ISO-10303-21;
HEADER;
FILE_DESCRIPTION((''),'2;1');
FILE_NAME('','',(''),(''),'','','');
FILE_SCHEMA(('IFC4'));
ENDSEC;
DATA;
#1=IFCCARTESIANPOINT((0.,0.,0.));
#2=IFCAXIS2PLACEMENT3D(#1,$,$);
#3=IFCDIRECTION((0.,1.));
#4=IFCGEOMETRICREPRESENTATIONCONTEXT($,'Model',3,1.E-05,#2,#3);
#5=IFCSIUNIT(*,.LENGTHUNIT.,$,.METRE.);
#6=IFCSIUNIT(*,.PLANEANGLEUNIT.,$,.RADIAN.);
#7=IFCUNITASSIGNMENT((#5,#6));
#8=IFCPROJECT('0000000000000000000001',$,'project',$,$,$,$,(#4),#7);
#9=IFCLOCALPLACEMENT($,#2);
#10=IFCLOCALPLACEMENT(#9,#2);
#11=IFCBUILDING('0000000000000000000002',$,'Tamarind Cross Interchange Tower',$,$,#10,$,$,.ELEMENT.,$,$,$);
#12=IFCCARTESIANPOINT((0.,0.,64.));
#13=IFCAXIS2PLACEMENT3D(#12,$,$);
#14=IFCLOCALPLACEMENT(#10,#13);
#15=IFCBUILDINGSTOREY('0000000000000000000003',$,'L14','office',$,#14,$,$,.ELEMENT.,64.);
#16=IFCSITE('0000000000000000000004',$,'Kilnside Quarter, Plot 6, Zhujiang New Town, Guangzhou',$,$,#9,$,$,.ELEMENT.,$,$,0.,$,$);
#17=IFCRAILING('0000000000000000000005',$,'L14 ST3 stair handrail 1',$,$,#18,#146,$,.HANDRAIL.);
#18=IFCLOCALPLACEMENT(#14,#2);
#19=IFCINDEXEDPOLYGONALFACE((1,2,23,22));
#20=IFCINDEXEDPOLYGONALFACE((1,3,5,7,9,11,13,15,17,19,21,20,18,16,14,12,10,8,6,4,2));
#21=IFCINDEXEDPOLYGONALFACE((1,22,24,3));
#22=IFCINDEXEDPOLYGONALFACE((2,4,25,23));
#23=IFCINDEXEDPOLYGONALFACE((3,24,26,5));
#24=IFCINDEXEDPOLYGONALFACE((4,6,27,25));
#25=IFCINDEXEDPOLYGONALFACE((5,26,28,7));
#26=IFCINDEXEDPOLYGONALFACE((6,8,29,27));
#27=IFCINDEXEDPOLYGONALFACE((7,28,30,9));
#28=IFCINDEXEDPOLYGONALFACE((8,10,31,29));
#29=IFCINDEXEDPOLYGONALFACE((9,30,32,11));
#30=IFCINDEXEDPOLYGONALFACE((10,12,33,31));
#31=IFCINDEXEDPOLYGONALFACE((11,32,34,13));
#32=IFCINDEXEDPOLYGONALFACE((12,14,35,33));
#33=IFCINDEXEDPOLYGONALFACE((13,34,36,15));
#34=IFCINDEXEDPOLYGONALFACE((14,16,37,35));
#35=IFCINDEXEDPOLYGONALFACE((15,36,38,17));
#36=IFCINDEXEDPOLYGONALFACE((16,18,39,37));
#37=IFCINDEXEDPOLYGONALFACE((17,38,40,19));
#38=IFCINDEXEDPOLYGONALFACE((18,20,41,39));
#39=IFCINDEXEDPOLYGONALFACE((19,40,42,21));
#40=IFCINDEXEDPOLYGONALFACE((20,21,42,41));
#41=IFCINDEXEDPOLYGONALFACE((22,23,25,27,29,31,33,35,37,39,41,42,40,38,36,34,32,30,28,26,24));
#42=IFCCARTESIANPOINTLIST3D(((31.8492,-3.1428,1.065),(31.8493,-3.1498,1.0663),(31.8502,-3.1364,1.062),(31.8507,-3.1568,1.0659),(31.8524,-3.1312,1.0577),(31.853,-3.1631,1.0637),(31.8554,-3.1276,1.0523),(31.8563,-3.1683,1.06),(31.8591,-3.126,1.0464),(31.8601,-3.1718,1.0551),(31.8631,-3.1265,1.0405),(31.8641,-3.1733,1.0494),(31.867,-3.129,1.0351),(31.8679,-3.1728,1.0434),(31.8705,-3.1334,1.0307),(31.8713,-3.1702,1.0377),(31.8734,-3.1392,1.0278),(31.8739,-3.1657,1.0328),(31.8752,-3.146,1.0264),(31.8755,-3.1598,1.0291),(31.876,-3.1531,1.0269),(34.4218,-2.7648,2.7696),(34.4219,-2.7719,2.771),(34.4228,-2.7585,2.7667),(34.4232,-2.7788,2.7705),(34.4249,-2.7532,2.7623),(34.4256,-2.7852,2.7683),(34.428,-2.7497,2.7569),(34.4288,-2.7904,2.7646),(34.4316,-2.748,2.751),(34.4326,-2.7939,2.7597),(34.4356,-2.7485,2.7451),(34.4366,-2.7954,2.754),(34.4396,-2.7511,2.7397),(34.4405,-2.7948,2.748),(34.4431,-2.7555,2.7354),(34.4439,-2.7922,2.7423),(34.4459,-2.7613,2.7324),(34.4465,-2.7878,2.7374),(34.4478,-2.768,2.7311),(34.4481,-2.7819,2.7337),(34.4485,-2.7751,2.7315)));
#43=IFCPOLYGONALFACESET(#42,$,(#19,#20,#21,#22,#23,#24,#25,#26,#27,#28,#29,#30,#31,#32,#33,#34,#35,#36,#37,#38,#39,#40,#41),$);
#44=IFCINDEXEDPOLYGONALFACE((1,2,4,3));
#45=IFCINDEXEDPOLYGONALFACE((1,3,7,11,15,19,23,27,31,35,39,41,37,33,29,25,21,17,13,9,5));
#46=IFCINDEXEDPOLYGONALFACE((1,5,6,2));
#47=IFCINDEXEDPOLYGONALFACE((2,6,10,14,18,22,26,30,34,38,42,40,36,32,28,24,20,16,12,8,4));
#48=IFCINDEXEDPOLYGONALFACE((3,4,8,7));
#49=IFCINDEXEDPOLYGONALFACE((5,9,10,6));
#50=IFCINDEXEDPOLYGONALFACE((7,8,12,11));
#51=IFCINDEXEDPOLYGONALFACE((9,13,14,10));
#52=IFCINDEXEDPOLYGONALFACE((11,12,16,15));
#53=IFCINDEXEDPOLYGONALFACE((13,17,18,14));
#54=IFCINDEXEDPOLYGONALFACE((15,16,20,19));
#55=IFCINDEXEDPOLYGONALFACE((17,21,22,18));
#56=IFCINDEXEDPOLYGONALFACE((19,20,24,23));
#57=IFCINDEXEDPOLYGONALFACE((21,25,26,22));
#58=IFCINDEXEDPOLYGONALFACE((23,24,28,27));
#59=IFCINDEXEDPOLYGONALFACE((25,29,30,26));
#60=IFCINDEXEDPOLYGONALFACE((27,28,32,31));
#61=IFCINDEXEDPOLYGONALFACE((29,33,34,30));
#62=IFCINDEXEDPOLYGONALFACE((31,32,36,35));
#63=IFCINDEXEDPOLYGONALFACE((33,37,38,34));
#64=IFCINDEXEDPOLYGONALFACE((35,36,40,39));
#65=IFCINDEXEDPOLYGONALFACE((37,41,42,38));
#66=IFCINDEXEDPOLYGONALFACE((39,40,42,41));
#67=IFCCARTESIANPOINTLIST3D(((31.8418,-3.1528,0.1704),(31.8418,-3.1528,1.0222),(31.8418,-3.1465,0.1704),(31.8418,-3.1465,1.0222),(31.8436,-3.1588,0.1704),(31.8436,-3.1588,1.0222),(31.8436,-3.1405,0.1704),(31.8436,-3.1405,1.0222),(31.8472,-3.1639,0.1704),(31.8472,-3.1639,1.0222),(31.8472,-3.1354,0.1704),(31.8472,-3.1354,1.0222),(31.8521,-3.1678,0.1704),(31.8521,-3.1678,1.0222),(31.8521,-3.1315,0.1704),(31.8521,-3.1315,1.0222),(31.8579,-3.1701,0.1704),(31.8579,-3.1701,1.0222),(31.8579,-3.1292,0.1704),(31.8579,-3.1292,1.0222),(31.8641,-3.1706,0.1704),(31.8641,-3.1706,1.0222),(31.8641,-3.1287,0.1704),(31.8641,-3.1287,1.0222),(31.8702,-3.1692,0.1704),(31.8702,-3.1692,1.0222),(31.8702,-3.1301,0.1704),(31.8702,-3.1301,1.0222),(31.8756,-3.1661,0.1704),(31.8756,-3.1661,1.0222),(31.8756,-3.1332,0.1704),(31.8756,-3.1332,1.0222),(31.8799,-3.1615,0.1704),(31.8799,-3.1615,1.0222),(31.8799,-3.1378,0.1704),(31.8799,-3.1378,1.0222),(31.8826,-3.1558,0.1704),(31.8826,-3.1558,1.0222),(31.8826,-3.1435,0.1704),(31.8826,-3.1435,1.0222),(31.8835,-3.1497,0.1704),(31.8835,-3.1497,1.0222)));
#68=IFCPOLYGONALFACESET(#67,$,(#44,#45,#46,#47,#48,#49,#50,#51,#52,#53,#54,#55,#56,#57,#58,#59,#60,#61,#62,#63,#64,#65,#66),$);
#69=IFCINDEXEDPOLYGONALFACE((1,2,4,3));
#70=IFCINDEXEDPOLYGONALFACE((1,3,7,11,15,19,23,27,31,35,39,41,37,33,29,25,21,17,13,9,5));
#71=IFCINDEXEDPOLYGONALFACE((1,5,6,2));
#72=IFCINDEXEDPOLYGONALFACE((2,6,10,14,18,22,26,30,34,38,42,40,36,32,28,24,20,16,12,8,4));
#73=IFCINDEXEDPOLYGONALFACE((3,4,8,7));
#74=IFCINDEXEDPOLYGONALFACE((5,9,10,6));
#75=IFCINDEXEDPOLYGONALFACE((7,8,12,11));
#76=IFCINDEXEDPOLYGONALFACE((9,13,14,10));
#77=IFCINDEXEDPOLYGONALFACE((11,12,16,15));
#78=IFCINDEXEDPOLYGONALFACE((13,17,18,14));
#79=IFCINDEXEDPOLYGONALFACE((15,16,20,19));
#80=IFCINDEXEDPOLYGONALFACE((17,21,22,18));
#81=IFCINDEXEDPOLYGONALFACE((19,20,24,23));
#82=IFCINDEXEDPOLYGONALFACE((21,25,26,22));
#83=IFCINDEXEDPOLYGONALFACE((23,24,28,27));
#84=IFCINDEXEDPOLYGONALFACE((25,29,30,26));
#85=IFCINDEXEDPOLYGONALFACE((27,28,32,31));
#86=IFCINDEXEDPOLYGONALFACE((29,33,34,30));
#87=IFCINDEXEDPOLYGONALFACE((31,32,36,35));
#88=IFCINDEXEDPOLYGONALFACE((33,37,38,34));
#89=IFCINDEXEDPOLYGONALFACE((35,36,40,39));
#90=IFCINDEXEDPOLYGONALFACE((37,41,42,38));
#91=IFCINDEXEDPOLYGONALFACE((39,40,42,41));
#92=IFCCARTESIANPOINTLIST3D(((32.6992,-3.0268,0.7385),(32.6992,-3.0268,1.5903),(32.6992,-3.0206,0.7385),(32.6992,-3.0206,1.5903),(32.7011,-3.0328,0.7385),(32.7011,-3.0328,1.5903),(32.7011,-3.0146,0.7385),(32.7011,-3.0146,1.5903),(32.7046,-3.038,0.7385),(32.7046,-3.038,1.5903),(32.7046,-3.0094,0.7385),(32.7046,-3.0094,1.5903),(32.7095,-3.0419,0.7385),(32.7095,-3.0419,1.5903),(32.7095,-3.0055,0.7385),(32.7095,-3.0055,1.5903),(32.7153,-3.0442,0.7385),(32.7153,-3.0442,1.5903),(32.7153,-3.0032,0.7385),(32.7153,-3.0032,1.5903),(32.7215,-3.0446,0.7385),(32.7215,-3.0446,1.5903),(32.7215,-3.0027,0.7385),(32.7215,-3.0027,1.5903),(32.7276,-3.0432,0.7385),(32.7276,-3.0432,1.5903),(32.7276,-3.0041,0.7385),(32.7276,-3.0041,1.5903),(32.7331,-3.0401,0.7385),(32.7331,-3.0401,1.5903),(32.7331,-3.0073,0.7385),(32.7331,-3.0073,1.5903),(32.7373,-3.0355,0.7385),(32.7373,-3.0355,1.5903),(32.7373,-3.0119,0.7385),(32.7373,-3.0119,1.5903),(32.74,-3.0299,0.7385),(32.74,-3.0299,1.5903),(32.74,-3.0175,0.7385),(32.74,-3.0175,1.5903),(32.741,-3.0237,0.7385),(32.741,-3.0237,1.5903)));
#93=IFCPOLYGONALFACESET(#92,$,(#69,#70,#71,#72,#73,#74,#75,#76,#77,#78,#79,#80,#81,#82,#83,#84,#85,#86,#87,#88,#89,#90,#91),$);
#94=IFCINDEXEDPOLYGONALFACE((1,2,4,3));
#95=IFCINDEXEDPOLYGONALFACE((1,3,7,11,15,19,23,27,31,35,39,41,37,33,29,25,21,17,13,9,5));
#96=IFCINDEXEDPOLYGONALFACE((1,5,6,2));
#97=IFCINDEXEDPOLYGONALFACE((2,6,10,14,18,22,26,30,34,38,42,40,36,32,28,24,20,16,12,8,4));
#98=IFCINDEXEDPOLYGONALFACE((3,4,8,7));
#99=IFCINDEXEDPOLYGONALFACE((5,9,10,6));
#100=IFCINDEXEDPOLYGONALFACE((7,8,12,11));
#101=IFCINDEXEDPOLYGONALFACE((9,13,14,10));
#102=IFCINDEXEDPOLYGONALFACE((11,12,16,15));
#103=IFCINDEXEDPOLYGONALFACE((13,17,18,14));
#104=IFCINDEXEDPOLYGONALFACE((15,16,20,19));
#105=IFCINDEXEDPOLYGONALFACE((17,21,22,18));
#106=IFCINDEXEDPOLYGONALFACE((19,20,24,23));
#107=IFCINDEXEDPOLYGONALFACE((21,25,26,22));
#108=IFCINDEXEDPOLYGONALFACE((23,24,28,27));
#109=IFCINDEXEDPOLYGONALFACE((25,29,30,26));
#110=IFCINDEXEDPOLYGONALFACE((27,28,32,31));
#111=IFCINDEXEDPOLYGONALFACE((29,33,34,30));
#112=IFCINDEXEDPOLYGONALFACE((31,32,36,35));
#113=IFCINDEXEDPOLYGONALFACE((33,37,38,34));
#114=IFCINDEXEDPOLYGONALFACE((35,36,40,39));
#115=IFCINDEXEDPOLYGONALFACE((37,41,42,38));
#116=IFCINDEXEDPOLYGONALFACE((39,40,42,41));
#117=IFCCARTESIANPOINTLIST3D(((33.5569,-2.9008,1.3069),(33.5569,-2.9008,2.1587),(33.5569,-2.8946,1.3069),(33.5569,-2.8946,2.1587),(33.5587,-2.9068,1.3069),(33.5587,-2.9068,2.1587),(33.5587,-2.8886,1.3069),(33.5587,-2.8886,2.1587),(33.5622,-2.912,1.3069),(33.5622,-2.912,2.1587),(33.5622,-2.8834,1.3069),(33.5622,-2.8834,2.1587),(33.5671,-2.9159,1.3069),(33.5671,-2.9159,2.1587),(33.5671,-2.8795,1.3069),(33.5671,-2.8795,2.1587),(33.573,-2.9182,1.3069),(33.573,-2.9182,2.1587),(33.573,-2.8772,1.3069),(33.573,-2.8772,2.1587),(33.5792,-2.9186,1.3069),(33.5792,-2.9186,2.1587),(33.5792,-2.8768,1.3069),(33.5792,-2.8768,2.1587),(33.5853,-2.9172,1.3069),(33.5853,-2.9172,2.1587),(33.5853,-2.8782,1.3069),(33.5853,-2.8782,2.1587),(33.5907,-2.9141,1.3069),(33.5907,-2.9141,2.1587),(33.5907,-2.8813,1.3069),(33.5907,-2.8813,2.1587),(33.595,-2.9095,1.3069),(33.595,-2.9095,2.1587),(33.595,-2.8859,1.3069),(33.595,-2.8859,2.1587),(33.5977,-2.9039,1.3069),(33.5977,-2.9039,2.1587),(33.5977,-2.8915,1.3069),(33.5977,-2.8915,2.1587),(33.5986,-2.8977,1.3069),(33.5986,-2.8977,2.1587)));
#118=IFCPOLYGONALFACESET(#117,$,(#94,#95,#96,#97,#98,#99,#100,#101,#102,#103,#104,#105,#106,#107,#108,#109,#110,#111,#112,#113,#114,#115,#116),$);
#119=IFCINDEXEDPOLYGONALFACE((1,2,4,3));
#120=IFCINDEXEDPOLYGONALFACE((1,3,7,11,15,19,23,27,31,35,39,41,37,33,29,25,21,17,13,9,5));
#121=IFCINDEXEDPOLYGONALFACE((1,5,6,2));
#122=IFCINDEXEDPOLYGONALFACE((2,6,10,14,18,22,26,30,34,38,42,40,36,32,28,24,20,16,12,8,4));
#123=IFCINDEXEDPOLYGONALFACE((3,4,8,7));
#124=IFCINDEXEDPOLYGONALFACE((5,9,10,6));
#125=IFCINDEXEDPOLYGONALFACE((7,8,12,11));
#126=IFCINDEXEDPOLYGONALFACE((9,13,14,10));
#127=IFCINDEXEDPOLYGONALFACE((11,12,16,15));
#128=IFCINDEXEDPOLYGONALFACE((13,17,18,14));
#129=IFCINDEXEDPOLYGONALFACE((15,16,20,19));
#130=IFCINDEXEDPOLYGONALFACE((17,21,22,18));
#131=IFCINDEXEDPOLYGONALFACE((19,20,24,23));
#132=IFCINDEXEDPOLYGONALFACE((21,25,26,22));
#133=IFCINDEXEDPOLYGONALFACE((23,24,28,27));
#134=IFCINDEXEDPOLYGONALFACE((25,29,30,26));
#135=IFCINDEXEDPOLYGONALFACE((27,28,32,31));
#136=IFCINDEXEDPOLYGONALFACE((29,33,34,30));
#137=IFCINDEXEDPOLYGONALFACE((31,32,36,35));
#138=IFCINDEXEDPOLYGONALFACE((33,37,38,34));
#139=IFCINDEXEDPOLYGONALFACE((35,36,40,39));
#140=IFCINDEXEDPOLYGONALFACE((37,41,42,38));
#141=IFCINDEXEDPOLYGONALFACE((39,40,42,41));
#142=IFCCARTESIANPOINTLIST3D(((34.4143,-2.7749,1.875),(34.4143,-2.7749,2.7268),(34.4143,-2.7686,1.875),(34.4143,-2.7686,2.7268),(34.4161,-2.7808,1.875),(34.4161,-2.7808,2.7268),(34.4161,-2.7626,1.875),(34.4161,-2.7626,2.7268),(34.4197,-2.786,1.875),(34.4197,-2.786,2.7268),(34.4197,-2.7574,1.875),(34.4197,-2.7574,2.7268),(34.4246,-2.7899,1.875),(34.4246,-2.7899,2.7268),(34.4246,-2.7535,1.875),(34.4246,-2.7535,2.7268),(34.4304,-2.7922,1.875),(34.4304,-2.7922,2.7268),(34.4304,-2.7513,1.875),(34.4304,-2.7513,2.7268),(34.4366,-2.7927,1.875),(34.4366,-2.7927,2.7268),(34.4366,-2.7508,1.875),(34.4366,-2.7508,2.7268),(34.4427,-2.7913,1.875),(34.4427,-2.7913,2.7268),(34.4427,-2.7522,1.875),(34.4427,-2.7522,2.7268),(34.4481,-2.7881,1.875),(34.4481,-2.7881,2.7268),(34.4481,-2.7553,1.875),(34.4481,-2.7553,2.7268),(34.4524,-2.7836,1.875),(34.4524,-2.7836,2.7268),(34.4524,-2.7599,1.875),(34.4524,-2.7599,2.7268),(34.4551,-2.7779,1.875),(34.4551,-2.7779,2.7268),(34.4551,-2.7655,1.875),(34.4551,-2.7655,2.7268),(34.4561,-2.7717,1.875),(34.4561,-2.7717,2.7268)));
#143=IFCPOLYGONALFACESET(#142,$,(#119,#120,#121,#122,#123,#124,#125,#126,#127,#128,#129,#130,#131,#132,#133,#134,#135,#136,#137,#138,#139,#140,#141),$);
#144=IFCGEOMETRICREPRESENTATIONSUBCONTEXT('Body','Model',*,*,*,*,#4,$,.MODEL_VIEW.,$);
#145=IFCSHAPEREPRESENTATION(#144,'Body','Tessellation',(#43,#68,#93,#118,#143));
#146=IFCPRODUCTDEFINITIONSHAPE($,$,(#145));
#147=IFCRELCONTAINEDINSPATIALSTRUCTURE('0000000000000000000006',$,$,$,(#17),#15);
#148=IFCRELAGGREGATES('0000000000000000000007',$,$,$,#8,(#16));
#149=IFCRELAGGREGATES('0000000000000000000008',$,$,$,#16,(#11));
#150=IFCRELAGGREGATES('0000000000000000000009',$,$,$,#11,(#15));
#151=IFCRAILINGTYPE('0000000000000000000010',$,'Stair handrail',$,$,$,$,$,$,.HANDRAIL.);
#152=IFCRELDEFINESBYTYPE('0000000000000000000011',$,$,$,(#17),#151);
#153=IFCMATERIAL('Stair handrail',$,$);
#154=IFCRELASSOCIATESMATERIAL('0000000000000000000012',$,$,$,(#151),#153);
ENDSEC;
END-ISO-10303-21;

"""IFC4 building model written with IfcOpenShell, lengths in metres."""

from ifc_helpers import new_model, si_unit, direction, frame, origin, origin_2d, place, context, subcontext, project, spatial, circle, extrude, material, type_object, element, save


model = new_model("IFC4")

# Units and contexts
model_context = context("Model", 3, precision=1e-05, world=origin(), true_north=direction((0.0, 1.0)))
body_context = subcontext(model_context, "Body", "Model", "MODEL_VIEW")
ifc_project = project(units=[si_unit("LENGTHUNIT", "METRE"), si_unit("PLANEANGLEUNIT", "RADIAN")], contexts=[model_context])

# Site, building, storey
site_placement = place(None, origin())
site = spatial("IfcSite", under=ifc_project, at=site_placement, Name="Kilnside Quarter, Plot 6, Zhujiang New Town, Guangzhou", CompositionType="ELEMENT", RefElevation=0.0)
building_placement = place(site_placement, origin())
building = spatial("IfcBuilding", under=site, at=building_placement, Name="Tamarind Cross Interchange Tower", CompositionType="ELEMENT")
storey_placement = place(building_placement, frame((0.0, 0.0, 64.0)))
storey = spatial("IfcBuildingStorey", under=building, at=storey_placement, Name="L14", Description="office", CompositionType="ELEMENT", Elevation=64.0)

# Railing
ifc_material_1 = material(Name="Stair handrail")
railing_type_1 = type_object("IfcRailingType", Name="Stair handrail", PredefinedType="HANDRAIL", material=ifc_material_1)
railing_1_placement = place(storey_placement, frame((31.8625, -3.1497, 0.1704)))
element("IfcRailing", 1, at=railing_1_placement, inside=storey, type_object=railing_type_1, Name="L14 ST3 stair handrail 1", PredefinedType="HANDRAIL", context=body_context, shape_type="SweptSolid", body=[
    extrude(circle(Radius=0.0239, at=origin_2d()), frame((0.0, 0.0, 0.876), z_axis=(0.827423, 0.121557, 0.548265), x_axis=(-0.145351, 0.98938, 0.0)), (0.0, 0.0, 1.0), 3.1091),
    extrude(circle(Radius=0.021, at=origin_2d()), origin(), (0.0, 0.0, 1.0), 0.8518),
    extrude(circle(Radius=0.021, at=origin_2d()), frame((0.8574, 0.126, 0.5681)), (0.0, 0.0, 1.0), 0.8518),
    extrude(circle(Radius=0.021, at=origin_2d()), frame((1.7151, 0.252, 1.1365)), (0.0, 0.0, 1.0), 0.8518),
    extrude(circle(Radius=0.021, at=origin_2d()), frame((2.5725, 0.3779, 1.7046)), (0.0, 0.0, 1.0), 0.8518),
])

save(model, "model.ifc")
